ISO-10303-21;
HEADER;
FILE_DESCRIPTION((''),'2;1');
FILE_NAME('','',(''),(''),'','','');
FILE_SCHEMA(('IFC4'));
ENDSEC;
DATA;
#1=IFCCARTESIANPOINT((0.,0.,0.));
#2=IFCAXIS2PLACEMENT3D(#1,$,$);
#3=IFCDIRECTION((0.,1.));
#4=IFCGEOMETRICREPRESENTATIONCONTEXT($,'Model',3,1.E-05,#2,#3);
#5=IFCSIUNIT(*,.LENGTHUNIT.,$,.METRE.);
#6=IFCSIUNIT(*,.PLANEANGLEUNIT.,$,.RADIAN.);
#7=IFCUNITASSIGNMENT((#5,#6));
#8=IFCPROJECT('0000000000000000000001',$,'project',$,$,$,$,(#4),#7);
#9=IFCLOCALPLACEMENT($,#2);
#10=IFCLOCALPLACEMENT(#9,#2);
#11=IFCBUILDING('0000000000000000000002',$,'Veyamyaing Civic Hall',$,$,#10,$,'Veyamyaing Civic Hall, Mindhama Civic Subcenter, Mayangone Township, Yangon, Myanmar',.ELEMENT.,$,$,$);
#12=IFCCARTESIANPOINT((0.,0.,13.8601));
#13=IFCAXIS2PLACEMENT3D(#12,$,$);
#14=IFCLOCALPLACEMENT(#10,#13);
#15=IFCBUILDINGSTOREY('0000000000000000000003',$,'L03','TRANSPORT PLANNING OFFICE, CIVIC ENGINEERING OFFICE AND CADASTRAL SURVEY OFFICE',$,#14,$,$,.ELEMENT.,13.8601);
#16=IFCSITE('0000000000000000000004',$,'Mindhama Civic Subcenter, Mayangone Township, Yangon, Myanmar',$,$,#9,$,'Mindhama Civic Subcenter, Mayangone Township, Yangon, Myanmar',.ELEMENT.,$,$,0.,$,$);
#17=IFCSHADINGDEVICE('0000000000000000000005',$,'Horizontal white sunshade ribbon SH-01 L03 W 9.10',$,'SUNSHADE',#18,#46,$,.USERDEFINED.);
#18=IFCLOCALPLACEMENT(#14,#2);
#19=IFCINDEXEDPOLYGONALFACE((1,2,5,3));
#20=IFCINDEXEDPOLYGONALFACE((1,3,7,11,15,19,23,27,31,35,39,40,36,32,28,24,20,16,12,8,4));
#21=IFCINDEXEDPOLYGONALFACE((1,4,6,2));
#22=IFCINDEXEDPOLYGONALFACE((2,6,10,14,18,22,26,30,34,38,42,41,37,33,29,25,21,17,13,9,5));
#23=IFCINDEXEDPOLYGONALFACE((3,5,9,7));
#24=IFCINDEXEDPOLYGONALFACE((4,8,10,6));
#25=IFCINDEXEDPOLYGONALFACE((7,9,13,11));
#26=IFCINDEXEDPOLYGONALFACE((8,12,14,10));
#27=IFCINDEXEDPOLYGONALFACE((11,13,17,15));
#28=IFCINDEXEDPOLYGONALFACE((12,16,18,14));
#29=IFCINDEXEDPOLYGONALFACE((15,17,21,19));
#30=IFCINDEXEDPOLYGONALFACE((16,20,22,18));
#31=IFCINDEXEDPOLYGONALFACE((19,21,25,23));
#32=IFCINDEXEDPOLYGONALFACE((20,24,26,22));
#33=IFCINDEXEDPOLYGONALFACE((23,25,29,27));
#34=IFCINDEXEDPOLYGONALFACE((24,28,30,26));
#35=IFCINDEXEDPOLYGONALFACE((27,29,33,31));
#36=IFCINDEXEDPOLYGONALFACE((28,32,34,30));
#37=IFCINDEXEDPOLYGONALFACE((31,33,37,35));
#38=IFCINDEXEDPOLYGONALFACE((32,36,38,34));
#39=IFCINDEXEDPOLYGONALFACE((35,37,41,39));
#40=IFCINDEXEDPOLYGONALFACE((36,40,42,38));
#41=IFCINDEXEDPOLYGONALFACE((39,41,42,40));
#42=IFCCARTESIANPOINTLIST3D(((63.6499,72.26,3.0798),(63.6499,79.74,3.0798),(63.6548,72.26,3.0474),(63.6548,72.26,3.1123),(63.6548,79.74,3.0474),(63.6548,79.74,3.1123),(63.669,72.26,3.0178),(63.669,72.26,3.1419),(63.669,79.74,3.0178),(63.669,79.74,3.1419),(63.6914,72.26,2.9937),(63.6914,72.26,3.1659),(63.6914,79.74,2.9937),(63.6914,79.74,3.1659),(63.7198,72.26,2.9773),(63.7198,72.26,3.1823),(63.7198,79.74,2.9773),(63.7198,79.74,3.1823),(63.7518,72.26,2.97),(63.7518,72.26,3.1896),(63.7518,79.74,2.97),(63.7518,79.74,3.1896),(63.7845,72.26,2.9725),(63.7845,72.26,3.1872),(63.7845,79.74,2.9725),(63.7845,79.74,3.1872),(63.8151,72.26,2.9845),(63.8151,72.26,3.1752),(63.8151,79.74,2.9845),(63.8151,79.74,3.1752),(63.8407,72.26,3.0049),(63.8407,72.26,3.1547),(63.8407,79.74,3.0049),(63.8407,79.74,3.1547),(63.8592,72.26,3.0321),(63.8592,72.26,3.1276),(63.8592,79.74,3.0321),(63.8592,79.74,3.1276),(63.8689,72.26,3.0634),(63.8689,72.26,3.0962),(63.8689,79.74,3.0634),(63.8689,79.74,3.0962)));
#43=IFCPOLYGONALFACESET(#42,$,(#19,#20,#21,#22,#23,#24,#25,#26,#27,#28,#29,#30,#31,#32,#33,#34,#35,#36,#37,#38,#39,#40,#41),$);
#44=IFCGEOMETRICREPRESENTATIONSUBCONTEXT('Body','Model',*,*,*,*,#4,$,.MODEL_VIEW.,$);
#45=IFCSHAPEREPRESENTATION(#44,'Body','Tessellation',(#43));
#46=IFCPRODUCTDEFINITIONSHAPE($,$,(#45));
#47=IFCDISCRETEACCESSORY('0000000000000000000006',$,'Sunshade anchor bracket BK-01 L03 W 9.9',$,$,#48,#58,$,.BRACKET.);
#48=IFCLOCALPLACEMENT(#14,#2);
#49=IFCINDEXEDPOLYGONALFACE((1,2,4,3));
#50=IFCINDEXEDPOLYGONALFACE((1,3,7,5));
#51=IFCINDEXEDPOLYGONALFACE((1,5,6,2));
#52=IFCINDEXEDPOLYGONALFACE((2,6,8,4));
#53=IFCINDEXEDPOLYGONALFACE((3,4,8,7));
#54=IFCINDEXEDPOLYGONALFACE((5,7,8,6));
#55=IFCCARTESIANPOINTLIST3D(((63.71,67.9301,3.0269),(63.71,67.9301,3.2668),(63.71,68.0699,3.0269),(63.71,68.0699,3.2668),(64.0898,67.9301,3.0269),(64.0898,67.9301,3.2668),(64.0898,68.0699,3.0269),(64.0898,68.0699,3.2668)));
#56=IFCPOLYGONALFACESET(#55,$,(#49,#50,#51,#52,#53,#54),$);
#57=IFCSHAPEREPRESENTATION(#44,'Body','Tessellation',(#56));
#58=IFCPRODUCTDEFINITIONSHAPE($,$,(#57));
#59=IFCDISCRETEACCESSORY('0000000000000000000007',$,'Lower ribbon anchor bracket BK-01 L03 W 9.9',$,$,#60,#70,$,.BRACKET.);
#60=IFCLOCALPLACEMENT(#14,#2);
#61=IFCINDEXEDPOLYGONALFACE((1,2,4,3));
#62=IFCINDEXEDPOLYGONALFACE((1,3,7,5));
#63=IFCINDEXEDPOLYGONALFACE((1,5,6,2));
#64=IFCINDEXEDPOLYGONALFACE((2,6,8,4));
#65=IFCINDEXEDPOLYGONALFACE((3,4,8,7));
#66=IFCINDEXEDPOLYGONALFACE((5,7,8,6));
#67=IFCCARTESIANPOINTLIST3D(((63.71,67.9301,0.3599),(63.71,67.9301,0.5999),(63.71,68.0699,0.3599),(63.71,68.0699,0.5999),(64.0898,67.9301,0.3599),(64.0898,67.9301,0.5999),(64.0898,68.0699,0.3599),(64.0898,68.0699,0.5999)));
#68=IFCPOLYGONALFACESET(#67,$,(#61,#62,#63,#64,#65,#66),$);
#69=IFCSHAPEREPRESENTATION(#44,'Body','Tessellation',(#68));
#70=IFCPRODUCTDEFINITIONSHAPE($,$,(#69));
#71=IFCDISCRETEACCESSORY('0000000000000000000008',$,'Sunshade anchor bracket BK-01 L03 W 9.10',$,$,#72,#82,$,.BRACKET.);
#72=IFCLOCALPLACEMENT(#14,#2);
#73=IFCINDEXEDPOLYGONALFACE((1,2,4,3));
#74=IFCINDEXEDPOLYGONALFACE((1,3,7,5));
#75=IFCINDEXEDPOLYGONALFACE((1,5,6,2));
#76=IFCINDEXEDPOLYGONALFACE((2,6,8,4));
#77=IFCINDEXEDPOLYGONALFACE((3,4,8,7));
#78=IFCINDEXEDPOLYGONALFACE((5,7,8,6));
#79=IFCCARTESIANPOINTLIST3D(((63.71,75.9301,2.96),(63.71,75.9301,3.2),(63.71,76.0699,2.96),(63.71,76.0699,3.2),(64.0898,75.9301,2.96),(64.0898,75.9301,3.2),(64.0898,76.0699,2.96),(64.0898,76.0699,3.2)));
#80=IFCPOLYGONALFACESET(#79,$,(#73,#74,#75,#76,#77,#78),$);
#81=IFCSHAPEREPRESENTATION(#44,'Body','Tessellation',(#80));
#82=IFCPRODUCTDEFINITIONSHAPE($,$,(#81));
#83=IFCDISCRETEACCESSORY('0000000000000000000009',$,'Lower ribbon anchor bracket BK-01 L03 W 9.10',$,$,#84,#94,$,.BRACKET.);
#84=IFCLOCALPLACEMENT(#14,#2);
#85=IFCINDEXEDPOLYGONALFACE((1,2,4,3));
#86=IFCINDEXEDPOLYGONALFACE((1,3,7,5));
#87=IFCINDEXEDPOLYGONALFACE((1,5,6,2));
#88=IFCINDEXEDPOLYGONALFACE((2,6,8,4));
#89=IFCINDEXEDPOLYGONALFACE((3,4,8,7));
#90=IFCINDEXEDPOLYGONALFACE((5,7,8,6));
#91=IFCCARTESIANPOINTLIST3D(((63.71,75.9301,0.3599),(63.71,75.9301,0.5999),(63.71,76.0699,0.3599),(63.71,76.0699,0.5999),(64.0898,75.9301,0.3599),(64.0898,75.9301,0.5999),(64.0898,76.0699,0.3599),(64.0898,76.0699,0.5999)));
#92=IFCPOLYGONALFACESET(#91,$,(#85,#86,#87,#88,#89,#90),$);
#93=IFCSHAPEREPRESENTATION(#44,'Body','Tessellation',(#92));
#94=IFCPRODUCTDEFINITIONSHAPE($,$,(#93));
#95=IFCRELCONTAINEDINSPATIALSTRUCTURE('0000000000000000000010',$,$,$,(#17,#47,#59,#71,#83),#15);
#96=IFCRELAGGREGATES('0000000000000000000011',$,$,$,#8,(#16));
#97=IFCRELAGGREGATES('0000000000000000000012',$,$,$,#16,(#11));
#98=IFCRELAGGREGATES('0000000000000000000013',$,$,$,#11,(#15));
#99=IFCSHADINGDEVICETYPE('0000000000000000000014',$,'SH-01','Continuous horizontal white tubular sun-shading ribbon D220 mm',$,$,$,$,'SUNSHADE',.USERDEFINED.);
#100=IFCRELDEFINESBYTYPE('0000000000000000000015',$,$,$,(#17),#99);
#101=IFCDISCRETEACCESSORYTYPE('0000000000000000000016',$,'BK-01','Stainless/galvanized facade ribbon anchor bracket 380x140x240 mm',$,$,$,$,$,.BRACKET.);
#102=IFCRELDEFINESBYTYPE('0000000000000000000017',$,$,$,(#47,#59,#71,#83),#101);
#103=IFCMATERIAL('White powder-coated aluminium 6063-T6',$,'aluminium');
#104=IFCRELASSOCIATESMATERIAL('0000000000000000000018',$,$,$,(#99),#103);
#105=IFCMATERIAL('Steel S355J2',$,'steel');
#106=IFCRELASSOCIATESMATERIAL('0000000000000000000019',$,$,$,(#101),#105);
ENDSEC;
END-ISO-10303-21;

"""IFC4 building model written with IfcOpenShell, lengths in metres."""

from ifc_helpers import new_model, si_unit, direction, frame, origin, origin_2d, place, context, subcontext, project, spatial, rectangle, circle, extrude, material, material_profile, profile_set, type_object, element, save


model = new_model("IFC4")

# Units and contexts
model_context = context("Model", 3, precision=1e-05, world=origin(), true_north=direction((0.0, 1.0)))
body_context = subcontext(model_context, "Body", "Model", "MODEL_VIEW")
ifc_project = project(units=[si_unit("LENGTHUNIT", "METRE"), si_unit("PLANEANGLEUNIT", "RADIAN")], contexts=[model_context])

# Site, building, storey
site_placement = place(None, origin())
site = spatial("IfcSite", under=ifc_project, at=site_placement, Name="Mindhama Civic Subcenter, Mayangone Township, Yangon, Myanmar", LongName="Mindhama Civic Subcenter, Mayangone Township, Yangon, Myanmar", CompositionType="ELEMENT", RefElevation=0.0)
building_placement = place(site_placement, origin())
building = spatial("IfcBuilding", under=site, at=building_placement, Name="Veyamyaing Civic Hall", LongName="Veyamyaing Civic Hall, Mindhama Civic Subcenter, Mayangone Township, Yangon, Myanmar", CompositionType="ELEMENT")
storey_placement = place(building_placement, frame((0.0, 0.0, 13.8601)))
storey = spatial("IfcBuildingStorey", under=building, at=storey_placement, Name="L03", Description="TRANSPORT PLANNING OFFICE, CIVIC ENGINEERING OFFICE AND CADASTRAL SURVEY OFFICE", CompositionType="ELEMENT", Elevation=13.8601)

# Shared definitions
ifc_material_1 = material(Name="White powder-coated aluminium 6063-T6", Category="aluminium")

# Shading device
ifc_material_profile_1 = material_profile(ifc_material_1, circle(Radius=0.1101, at=origin_2d()), Name="SHADE-TUBE-220")
ifc_profile_set_1 = profile_set([ifc_material_profile_1], Name="White powder-coated aluminium 6063-T6")
shading_device_type = type_object("IfcShadingDeviceType", Name="SH-01", Description="Continuous horizontal white tubular sun-shading ribbon D220 mm", ElementType="SUNSHADE", PredefinedType="USERDEFINED", material=ifc_profile_set_1)
shading_device_placement = place(storey_placement, frame((63.76, 72.26, 3.0798), z_axis=(0.0, 1.0, 0.0), x_axis=(-1.0, 0.0, 0.0)))
element("IfcShadingDevice", 1, at=shading_device_placement, inside=storey, type_object=shading_device_type, Name="Horizontal white sunshade ribbon SH-01 L03 W 9.10", ObjectType="SUNSHADE", PredefinedType="USERDEFINED", context=body_context, shape_type="SweptSolid", body=[
    extrude(circle(Radius=0.1101, at=origin_2d()), origin(), (0.0, 0.0, 1.0), 7.48),
])

# Discrete accessories
ifc_material_2 = material(Name="Steel S355J2", Category="steel")
discrete_accessory_type = type_object("IfcDiscreteAccessoryType", Name="BK-01", Description="Stainless/galvanized facade ribbon anchor bracket 380x140x240 mm", PredefinedType="BRACKET", material=ifc_material_2)
for number, where, z_axis, x_axis, name in (
    (2, (63.8999, 68.0, 3.0269), (0.0, 0.0, 1.0), (-1.0, 0.0, 0.0), "Sunshade anchor bracket BK-01 L03 W 9.9"),
    (3, (63.8999, 68.0, 0.3599), (0.0, 0.0, 1.0), (-1.0, 0.0, 0.0), "Lower ribbon anchor bracket BK-01 L03 W 9.9"),
    (4, (63.8999, 76.0, 2.96), (0.0, 0.0, 1.0), (-1.0, 0.0, 0.0), "Sunshade anchor bracket BK-01 L03 W 9.10"),
    (5, (63.8999, 76.0, 0.3599), (0.0, 0.0, 1.0), (-1.0, 0.0, 0.0), "Lower ribbon anchor bracket BK-01 L03 W 9.10"),
):
    element("IfcDiscreteAccessory", number, at=place(storey_placement, frame(where, z_axis=z_axis, x_axis=x_axis)), inside=storey, type_object=discrete_accessory_type, Name=name, PredefinedType="BRACKET", context=body_context, shape_type="SweptSolid", body=[
        extrude(rectangle(XDim=0.3799, YDim=0.1399, at=origin_2d()), origin(), (0.0, 0.0, 1.0), 0.24),
    ])

save(model, "model.ifc")
